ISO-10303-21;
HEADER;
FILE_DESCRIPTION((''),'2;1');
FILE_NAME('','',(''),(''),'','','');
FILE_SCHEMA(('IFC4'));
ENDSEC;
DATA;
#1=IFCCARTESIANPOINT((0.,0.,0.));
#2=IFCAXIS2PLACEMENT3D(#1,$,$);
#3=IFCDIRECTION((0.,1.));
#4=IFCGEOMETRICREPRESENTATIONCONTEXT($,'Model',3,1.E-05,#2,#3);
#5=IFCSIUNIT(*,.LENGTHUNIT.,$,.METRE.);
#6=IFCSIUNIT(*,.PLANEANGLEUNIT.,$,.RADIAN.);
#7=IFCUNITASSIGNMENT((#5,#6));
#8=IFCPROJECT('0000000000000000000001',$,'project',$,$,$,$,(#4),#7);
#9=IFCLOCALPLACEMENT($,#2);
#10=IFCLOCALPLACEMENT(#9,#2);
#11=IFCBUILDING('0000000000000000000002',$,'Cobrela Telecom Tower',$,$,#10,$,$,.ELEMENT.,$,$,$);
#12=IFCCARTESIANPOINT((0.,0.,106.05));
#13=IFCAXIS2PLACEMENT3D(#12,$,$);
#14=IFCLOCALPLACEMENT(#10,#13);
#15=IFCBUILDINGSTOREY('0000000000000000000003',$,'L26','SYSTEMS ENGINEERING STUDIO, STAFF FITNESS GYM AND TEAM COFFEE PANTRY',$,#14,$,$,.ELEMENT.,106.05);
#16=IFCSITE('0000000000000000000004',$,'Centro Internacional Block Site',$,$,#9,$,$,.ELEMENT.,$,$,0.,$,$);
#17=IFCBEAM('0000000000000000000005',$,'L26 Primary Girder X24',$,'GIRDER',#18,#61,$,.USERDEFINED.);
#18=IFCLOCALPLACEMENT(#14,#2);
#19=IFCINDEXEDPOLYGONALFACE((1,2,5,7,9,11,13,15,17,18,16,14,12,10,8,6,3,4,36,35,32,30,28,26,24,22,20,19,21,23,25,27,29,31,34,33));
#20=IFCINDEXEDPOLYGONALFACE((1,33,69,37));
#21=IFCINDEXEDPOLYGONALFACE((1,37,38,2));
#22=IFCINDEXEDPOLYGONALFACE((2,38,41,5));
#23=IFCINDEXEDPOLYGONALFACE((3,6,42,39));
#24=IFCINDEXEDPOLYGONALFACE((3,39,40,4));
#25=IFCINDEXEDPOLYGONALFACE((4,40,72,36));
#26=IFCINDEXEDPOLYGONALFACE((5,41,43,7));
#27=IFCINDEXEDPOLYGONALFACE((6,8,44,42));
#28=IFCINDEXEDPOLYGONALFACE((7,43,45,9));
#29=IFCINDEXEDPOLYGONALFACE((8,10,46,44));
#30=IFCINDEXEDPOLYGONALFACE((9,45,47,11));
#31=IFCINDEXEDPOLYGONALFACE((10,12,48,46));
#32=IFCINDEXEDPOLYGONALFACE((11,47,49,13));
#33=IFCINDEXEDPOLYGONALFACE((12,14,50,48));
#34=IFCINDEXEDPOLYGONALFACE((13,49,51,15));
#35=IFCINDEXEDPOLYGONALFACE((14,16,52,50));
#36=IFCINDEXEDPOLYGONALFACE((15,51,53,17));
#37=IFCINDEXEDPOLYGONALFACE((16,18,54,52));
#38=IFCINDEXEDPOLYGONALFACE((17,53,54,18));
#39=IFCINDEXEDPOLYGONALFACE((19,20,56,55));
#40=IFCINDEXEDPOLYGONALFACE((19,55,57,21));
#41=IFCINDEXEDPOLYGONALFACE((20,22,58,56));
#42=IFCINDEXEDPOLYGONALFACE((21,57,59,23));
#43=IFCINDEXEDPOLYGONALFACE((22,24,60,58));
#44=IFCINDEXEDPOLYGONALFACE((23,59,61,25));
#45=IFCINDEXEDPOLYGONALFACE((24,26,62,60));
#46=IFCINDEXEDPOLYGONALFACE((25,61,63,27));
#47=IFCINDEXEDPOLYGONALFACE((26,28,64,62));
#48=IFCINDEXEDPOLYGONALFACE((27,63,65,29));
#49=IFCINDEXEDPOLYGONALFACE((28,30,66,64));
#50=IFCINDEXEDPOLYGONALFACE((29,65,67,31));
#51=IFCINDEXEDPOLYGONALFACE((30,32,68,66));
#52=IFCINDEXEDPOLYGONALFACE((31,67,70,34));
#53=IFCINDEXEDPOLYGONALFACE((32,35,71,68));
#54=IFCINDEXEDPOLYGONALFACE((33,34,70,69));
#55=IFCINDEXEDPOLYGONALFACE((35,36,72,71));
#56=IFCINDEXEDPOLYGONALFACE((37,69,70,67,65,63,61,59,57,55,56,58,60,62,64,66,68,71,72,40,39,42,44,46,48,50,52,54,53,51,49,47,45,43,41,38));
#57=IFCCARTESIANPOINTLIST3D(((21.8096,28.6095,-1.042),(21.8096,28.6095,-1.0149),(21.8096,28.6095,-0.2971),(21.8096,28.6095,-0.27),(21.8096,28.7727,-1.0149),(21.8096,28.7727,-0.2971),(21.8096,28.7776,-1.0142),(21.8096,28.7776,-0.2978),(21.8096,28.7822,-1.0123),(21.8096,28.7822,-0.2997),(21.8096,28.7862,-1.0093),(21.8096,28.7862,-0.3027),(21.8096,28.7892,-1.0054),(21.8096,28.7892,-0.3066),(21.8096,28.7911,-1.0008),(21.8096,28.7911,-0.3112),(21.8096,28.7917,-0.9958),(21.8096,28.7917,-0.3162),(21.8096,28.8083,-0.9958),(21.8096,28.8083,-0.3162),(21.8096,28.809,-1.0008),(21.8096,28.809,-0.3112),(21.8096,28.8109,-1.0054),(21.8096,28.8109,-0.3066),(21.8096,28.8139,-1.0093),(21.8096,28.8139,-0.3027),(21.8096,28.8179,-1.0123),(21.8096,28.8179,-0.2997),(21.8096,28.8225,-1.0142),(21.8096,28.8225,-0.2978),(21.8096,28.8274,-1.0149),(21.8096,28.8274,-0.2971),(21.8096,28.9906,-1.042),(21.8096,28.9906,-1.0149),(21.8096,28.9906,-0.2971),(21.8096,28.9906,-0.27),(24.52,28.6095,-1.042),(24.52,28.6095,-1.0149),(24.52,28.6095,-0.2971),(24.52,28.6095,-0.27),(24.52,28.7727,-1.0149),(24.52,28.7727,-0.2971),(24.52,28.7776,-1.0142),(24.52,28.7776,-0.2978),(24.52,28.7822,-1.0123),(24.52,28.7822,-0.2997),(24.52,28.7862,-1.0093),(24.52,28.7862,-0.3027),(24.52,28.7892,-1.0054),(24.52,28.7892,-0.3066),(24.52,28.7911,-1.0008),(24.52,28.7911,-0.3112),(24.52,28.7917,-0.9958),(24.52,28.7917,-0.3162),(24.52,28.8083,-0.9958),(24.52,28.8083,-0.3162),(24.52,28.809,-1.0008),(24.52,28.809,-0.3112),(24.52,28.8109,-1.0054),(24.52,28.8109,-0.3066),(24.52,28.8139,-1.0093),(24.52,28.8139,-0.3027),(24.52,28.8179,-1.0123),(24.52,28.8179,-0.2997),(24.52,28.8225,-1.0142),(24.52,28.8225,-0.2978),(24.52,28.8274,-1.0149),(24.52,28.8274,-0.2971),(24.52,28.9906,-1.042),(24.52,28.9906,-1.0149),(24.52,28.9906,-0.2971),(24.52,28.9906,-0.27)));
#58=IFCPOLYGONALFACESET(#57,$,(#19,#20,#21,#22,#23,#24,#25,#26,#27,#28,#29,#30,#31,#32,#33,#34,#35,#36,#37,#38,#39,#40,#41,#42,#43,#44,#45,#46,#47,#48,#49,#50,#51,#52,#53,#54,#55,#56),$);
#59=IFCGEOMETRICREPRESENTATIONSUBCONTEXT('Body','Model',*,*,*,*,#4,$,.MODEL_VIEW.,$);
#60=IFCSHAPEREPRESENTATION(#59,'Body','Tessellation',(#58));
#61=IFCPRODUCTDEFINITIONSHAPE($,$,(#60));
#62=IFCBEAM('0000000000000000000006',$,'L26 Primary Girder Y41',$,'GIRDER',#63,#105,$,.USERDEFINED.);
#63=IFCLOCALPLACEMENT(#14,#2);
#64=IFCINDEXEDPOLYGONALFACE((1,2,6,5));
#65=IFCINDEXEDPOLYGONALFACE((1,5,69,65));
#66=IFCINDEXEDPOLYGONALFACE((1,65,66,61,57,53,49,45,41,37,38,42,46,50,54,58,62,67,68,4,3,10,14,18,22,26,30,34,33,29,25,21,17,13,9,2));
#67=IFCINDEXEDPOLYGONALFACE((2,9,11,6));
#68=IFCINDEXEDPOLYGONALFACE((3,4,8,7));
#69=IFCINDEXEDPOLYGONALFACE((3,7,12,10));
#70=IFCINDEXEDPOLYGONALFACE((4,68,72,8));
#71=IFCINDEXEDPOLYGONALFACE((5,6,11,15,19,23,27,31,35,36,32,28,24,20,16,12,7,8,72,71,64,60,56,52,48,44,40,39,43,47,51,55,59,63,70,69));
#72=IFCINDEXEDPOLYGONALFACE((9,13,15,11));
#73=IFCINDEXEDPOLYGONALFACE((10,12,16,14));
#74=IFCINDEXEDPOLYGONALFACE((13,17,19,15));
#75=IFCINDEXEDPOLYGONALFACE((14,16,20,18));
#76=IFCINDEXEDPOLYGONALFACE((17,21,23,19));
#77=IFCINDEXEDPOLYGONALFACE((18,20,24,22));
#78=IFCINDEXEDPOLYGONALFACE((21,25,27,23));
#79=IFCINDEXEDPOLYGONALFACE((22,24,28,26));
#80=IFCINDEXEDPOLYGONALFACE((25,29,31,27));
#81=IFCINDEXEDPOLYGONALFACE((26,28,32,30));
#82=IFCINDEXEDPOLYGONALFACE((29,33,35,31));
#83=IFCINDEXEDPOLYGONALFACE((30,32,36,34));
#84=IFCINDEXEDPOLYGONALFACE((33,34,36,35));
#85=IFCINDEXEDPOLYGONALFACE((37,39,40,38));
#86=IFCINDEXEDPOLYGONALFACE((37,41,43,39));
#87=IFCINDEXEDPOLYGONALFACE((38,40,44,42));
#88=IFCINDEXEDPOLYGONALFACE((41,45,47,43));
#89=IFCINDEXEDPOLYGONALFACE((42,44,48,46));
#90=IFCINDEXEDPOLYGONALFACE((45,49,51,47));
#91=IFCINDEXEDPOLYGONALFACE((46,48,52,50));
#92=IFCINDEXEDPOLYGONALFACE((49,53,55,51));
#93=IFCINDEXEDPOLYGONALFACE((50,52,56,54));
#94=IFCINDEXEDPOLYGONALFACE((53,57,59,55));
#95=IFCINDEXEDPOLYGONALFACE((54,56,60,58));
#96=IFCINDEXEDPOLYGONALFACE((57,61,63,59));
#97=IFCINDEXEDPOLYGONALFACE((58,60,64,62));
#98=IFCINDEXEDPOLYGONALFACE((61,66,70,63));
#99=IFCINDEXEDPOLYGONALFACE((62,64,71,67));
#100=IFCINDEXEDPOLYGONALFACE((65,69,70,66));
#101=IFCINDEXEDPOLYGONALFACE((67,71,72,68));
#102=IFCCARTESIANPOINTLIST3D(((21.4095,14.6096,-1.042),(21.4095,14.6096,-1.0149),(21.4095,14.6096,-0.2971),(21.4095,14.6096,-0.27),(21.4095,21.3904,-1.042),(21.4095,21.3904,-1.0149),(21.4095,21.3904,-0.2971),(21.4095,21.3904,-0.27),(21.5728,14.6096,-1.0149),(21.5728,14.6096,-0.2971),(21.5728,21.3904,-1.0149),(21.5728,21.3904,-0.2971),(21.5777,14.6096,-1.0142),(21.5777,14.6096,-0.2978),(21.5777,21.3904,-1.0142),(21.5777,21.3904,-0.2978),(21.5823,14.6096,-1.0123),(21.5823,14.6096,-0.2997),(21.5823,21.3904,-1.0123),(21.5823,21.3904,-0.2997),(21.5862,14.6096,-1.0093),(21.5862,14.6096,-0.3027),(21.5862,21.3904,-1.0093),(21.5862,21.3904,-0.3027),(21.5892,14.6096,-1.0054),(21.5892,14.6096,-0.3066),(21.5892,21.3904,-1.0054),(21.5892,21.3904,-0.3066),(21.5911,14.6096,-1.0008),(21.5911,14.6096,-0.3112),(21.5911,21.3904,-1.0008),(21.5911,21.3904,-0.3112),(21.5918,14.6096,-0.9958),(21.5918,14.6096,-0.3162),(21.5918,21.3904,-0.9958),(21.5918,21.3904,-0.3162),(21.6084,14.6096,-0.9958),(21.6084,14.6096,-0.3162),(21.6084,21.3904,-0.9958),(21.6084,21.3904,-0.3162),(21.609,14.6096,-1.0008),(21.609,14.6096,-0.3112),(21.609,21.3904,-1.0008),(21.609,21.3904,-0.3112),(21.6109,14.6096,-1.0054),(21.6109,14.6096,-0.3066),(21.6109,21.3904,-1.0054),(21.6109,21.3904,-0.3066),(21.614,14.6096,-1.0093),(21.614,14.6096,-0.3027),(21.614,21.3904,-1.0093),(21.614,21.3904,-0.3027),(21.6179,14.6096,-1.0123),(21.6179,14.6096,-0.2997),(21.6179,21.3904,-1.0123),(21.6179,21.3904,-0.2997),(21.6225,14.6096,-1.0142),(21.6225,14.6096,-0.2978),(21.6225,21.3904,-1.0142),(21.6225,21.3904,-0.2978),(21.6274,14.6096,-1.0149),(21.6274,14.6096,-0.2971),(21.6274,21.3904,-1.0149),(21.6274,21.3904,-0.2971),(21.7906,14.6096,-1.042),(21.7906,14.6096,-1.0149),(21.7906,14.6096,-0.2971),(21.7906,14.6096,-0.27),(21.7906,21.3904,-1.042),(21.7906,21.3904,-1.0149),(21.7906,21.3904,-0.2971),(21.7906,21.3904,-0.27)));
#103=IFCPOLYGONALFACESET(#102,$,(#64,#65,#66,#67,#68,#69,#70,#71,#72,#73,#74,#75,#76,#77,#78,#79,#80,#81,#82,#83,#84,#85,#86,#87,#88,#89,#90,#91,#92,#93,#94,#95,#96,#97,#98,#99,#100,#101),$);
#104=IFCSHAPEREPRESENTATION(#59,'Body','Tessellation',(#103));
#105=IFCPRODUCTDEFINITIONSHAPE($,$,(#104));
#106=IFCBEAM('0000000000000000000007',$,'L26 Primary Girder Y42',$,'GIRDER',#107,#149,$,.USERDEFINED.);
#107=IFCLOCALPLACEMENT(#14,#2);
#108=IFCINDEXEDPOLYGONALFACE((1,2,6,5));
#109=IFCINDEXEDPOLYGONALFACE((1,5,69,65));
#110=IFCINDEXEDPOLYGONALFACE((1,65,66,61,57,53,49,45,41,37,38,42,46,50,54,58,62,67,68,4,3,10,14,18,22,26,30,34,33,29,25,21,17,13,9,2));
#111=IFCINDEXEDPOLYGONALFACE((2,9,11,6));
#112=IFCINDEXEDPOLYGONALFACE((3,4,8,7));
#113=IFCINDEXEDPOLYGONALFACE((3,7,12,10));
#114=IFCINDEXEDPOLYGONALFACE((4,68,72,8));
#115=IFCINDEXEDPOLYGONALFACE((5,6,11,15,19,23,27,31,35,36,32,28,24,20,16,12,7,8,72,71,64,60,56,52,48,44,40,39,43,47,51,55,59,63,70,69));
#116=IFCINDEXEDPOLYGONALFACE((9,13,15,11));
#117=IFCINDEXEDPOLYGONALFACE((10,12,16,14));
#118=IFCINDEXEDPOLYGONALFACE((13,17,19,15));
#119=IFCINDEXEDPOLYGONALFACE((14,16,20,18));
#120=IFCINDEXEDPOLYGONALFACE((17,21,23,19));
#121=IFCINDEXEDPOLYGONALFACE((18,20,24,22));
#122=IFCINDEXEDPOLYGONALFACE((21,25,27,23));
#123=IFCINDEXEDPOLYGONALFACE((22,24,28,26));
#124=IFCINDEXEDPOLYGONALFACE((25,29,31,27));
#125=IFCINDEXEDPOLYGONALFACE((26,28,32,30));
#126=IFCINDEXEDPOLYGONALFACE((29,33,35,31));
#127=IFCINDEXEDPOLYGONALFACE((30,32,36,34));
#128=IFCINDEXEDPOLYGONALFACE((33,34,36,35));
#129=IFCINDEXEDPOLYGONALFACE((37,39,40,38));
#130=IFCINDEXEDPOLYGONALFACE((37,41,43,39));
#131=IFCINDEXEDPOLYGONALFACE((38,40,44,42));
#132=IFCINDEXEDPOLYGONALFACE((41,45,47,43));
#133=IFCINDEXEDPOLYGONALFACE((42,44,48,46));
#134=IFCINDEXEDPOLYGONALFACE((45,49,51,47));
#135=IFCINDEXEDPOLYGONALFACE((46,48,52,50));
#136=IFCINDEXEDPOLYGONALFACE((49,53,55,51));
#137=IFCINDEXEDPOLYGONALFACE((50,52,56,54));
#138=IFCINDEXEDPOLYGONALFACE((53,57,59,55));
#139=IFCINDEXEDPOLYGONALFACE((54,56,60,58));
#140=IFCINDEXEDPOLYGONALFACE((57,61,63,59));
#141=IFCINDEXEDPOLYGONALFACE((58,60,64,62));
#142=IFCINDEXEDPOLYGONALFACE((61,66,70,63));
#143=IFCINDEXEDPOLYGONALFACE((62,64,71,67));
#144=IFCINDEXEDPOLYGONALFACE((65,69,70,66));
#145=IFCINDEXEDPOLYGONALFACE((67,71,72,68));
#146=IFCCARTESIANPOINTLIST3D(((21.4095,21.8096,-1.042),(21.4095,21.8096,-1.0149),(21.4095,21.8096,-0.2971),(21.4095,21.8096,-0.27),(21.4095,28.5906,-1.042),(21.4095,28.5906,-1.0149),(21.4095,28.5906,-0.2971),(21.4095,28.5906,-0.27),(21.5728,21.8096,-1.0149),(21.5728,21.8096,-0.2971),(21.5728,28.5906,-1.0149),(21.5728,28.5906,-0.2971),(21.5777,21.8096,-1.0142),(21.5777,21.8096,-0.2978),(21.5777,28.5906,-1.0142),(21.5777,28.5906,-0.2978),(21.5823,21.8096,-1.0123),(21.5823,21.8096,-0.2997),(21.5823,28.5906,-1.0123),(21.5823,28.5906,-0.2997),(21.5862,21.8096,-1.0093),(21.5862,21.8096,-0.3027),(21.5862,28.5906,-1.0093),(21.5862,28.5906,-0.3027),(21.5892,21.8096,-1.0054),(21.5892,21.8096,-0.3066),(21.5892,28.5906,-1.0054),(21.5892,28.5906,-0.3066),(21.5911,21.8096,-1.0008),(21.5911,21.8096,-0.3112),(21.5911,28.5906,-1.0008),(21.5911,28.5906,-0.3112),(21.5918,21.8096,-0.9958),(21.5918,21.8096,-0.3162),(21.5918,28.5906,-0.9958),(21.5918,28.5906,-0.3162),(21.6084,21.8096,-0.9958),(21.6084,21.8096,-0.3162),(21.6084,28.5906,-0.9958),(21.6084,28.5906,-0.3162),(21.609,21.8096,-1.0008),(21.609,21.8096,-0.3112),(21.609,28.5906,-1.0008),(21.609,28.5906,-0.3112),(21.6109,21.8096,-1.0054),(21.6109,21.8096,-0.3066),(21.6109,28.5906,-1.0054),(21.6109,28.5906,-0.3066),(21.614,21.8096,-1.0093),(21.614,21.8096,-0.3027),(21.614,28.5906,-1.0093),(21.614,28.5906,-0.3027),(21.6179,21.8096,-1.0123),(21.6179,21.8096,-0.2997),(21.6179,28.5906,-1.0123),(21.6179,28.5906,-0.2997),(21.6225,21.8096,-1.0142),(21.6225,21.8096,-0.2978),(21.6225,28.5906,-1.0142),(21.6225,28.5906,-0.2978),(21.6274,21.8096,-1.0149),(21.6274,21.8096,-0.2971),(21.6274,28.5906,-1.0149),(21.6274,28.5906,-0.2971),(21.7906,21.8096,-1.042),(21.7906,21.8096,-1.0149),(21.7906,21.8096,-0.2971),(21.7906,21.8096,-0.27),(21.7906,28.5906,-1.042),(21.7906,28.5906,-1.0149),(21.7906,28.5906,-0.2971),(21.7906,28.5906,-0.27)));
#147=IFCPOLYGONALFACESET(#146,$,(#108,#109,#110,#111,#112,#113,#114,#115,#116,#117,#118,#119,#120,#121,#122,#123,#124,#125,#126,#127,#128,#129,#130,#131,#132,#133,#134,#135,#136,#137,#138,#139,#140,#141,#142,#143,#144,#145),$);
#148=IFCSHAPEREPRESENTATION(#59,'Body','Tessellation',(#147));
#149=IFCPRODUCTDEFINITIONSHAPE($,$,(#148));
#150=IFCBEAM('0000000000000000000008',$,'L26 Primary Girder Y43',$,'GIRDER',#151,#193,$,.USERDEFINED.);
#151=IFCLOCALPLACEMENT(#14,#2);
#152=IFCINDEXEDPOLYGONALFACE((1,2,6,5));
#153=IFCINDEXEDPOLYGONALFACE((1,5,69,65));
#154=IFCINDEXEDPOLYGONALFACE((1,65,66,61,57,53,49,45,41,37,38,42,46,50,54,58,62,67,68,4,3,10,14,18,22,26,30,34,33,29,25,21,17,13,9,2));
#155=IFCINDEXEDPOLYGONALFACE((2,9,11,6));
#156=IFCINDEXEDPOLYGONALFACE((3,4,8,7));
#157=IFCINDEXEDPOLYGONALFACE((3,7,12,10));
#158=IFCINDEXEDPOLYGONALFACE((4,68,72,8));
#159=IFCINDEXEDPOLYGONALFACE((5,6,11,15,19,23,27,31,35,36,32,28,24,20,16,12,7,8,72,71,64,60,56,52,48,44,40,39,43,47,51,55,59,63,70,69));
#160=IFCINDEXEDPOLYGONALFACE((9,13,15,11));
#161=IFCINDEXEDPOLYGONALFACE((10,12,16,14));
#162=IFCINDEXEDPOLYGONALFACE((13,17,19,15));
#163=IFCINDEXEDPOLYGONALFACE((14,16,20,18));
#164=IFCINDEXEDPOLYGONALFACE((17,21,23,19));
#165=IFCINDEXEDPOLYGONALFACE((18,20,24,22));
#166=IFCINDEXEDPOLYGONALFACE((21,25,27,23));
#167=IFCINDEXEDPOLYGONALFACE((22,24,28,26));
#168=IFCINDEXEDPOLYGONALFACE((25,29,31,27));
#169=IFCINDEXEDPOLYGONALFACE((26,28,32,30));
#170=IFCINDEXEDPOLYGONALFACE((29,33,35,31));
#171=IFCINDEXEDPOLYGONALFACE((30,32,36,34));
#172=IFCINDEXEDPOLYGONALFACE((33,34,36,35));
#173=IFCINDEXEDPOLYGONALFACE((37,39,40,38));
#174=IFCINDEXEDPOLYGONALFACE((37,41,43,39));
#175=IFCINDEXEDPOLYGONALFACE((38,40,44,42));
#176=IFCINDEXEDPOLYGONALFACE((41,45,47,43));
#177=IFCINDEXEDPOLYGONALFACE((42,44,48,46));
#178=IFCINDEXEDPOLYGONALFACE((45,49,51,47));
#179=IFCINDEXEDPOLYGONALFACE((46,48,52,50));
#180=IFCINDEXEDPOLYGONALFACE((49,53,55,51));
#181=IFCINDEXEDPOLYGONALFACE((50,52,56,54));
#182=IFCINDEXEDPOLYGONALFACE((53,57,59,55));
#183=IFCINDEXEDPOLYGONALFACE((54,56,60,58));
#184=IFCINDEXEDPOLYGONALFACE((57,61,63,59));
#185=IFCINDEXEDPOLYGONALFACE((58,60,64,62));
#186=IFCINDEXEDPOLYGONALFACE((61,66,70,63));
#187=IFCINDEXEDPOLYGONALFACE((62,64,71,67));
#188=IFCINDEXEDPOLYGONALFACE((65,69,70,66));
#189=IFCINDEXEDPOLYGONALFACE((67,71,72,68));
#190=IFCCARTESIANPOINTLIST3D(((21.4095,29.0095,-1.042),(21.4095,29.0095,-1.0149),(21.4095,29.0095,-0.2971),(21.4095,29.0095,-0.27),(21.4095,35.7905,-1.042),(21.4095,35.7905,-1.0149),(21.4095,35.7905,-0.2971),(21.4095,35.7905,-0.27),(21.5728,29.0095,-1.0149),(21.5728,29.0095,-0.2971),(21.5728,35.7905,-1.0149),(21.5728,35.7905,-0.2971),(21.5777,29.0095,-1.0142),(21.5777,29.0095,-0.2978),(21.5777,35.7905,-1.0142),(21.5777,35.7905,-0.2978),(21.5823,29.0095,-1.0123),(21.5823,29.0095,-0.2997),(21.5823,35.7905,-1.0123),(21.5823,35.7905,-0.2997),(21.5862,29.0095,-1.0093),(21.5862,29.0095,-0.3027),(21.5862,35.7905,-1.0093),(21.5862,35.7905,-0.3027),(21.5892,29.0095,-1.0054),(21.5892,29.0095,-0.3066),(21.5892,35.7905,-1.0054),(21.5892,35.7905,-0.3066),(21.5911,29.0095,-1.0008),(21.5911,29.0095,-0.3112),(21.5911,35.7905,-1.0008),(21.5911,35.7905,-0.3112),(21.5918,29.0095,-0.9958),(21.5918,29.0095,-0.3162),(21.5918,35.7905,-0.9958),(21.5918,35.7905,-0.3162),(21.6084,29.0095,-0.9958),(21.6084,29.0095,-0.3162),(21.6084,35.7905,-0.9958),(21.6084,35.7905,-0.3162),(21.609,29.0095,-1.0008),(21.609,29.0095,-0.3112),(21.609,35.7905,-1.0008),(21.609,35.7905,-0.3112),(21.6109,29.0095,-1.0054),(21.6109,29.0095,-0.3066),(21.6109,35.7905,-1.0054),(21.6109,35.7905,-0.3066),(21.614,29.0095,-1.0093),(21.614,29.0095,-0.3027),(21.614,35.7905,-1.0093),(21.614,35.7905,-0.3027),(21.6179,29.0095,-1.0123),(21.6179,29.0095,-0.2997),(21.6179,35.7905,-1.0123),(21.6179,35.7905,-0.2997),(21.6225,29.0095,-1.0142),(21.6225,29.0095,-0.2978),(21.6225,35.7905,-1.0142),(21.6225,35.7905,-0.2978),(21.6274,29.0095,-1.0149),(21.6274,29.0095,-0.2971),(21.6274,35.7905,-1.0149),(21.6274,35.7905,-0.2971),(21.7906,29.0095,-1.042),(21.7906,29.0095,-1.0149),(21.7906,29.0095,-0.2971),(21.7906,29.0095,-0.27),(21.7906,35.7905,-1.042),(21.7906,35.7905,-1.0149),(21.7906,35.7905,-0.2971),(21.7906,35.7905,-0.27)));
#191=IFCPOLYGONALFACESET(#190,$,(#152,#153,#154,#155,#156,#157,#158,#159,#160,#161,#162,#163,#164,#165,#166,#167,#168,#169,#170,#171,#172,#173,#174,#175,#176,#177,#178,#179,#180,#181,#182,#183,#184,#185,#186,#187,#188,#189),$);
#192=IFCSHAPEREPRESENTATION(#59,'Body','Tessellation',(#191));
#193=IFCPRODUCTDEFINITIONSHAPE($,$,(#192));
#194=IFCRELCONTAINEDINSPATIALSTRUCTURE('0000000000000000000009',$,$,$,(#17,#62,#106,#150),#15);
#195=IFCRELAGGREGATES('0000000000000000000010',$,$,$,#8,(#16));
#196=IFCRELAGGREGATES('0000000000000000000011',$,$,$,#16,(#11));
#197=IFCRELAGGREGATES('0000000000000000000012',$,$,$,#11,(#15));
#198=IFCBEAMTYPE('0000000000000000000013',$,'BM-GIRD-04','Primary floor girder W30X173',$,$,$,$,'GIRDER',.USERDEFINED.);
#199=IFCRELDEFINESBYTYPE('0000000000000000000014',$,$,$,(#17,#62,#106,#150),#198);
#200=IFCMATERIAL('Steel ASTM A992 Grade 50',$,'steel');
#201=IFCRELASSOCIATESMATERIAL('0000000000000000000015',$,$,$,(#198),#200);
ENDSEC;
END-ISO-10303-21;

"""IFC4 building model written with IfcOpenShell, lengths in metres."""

from ifc_helpers import new_model, si_unit, direction, frame, origin, origin_2d, place, context, subcontext, project, spatial, i_section, extrude, material, material_profile, profile_set, type_object, element, save


model = new_model("IFC4")

# Units and contexts
model_context = context("Model", 3, precision=1e-05, world=origin(), true_north=direction((0.0, 1.0)))
body_context = subcontext(model_context, "Body", "Model", "MODEL_VIEW")
ifc_project = project(units=[si_unit("LENGTHUNIT", "METRE"), si_unit("PLANEANGLEUNIT", "RADIAN")], contexts=[model_context])

# Site, building, storey
site_placement = place(None, origin())
site = spatial("IfcSite", under=ifc_project, at=site_placement, Name="Centro Internacional Block Site", CompositionType="ELEMENT", RefElevation=0.0)
building_placement = place(site_placement, origin())
building = spatial("IfcBuilding", under=site, at=building_placement, Name="Cobrela Telecom Tower", CompositionType="ELEMENT")
storey_placement = place(building_placement, frame((0.0, 0.0, 106.05)))
storey = spatial("IfcBuildingStorey", under=building, at=storey_placement, Name="L26", Description="SYSTEMS ENGINEERING STUDIO, STAFF FITNESS GYM AND TEAM COFFEE PANTRY", CompositionType="ELEMENT", Elevation=106.05)

# Shared definitions
ifc_material_1 = material(Name="Steel ASTM A992 Grade 50", Category="steel")

# Beams
ifc_material_profile_1 = material_profile(ifc_material_1, i_section(OverallWidth=0.3811, OverallDepth=0.772, WebThickness=0.0166, FlangeThickness=0.0271, FilletRadius=0.019, at=origin_2d()), Name="W30X173")
ifc_profile_set_1 = profile_set([ifc_material_profile_1], Name="Steel ASTM A992 Grade 50")
beam_type_1 = type_object("IfcBeamType", Name="BM-GIRD-04", Description="Primary floor girder W30X173", ElementType="GIRDER", PredefinedType="USERDEFINED", material=ifc_profile_set_1)
beam_1_placement = place(storey_placement, frame((21.8096, 28.8, -0.656), z_axis=(1.0, 0.0, 0.0), x_axis=(0.0, 1.0, 0.0)))
element("IfcBeam", 1, at=beam_1_placement, inside=storey, type_object=beam_type_1, Name="L26 Primary Girder X24", ObjectType="GIRDER", PredefinedType="USERDEFINED", context=body_context, shape_type="SweptSolid", body=[
    extrude(i_section(OverallWidth=0.3811, OverallDepth=0.772, WebThickness=0.0166, FlangeThickness=0.0271, FilletRadius=0.019, at=origin_2d()), origin(), (0.0, 0.0, 1.0), 2.7104),
])
beam_2_placement = place(storey_placement, frame((21.6001, 14.6096, -0.656), z_axis=(0.0, 1.0, 0.0), x_axis=(-1.0, 0.0, 0.0)))
element("IfcBeam", 2, at=beam_2_placement, inside=storey, type_object=beam_type_1, Name="L26 Primary Girder Y41", ObjectType="GIRDER", PredefinedType="USERDEFINED", context=body_context, shape_type="SweptSolid", body=[
    extrude(i_section(OverallWidth=0.3811, OverallDepth=0.772, WebThickness=0.0166, FlangeThickness=0.0271, FilletRadius=0.019, at=origin_2d()), origin(), (0.0, 0.0, 1.0), 6.7808),
])
for number, where, z_axis, x_axis, name in (
    (3, (21.6001, 21.8096, -0.656), (0.0, 1.0, 0.0), (-1.0, 0.0, 0.0), "L26 Primary Girder Y42"),
    (4, (21.6001, 29.0095, -0.656), (0.0, 1.0, 0.0), (-1.0, 0.0, 0.0), "L26 Primary Girder Y43"),
):
    element("IfcBeam", number, at=place(storey_placement, frame(where, z_axis=z_axis, x_axis=x_axis)), inside=storey, type_object=beam_type_1, Name=name, ObjectType="GIRDER", PredefinedType="USERDEFINED", context=body_context, shape_type="SweptSolid", body=[
        extrude(i_section(OverallWidth=0.3811, OverallDepth=0.772, WebThickness=0.0166, FlangeThickness=0.0271, FilletRadius=0.019, at=origin_2d()), origin(), (0.0, 0.0, 1.0), 6.781),
    ])

save(model, "model.ifc")
